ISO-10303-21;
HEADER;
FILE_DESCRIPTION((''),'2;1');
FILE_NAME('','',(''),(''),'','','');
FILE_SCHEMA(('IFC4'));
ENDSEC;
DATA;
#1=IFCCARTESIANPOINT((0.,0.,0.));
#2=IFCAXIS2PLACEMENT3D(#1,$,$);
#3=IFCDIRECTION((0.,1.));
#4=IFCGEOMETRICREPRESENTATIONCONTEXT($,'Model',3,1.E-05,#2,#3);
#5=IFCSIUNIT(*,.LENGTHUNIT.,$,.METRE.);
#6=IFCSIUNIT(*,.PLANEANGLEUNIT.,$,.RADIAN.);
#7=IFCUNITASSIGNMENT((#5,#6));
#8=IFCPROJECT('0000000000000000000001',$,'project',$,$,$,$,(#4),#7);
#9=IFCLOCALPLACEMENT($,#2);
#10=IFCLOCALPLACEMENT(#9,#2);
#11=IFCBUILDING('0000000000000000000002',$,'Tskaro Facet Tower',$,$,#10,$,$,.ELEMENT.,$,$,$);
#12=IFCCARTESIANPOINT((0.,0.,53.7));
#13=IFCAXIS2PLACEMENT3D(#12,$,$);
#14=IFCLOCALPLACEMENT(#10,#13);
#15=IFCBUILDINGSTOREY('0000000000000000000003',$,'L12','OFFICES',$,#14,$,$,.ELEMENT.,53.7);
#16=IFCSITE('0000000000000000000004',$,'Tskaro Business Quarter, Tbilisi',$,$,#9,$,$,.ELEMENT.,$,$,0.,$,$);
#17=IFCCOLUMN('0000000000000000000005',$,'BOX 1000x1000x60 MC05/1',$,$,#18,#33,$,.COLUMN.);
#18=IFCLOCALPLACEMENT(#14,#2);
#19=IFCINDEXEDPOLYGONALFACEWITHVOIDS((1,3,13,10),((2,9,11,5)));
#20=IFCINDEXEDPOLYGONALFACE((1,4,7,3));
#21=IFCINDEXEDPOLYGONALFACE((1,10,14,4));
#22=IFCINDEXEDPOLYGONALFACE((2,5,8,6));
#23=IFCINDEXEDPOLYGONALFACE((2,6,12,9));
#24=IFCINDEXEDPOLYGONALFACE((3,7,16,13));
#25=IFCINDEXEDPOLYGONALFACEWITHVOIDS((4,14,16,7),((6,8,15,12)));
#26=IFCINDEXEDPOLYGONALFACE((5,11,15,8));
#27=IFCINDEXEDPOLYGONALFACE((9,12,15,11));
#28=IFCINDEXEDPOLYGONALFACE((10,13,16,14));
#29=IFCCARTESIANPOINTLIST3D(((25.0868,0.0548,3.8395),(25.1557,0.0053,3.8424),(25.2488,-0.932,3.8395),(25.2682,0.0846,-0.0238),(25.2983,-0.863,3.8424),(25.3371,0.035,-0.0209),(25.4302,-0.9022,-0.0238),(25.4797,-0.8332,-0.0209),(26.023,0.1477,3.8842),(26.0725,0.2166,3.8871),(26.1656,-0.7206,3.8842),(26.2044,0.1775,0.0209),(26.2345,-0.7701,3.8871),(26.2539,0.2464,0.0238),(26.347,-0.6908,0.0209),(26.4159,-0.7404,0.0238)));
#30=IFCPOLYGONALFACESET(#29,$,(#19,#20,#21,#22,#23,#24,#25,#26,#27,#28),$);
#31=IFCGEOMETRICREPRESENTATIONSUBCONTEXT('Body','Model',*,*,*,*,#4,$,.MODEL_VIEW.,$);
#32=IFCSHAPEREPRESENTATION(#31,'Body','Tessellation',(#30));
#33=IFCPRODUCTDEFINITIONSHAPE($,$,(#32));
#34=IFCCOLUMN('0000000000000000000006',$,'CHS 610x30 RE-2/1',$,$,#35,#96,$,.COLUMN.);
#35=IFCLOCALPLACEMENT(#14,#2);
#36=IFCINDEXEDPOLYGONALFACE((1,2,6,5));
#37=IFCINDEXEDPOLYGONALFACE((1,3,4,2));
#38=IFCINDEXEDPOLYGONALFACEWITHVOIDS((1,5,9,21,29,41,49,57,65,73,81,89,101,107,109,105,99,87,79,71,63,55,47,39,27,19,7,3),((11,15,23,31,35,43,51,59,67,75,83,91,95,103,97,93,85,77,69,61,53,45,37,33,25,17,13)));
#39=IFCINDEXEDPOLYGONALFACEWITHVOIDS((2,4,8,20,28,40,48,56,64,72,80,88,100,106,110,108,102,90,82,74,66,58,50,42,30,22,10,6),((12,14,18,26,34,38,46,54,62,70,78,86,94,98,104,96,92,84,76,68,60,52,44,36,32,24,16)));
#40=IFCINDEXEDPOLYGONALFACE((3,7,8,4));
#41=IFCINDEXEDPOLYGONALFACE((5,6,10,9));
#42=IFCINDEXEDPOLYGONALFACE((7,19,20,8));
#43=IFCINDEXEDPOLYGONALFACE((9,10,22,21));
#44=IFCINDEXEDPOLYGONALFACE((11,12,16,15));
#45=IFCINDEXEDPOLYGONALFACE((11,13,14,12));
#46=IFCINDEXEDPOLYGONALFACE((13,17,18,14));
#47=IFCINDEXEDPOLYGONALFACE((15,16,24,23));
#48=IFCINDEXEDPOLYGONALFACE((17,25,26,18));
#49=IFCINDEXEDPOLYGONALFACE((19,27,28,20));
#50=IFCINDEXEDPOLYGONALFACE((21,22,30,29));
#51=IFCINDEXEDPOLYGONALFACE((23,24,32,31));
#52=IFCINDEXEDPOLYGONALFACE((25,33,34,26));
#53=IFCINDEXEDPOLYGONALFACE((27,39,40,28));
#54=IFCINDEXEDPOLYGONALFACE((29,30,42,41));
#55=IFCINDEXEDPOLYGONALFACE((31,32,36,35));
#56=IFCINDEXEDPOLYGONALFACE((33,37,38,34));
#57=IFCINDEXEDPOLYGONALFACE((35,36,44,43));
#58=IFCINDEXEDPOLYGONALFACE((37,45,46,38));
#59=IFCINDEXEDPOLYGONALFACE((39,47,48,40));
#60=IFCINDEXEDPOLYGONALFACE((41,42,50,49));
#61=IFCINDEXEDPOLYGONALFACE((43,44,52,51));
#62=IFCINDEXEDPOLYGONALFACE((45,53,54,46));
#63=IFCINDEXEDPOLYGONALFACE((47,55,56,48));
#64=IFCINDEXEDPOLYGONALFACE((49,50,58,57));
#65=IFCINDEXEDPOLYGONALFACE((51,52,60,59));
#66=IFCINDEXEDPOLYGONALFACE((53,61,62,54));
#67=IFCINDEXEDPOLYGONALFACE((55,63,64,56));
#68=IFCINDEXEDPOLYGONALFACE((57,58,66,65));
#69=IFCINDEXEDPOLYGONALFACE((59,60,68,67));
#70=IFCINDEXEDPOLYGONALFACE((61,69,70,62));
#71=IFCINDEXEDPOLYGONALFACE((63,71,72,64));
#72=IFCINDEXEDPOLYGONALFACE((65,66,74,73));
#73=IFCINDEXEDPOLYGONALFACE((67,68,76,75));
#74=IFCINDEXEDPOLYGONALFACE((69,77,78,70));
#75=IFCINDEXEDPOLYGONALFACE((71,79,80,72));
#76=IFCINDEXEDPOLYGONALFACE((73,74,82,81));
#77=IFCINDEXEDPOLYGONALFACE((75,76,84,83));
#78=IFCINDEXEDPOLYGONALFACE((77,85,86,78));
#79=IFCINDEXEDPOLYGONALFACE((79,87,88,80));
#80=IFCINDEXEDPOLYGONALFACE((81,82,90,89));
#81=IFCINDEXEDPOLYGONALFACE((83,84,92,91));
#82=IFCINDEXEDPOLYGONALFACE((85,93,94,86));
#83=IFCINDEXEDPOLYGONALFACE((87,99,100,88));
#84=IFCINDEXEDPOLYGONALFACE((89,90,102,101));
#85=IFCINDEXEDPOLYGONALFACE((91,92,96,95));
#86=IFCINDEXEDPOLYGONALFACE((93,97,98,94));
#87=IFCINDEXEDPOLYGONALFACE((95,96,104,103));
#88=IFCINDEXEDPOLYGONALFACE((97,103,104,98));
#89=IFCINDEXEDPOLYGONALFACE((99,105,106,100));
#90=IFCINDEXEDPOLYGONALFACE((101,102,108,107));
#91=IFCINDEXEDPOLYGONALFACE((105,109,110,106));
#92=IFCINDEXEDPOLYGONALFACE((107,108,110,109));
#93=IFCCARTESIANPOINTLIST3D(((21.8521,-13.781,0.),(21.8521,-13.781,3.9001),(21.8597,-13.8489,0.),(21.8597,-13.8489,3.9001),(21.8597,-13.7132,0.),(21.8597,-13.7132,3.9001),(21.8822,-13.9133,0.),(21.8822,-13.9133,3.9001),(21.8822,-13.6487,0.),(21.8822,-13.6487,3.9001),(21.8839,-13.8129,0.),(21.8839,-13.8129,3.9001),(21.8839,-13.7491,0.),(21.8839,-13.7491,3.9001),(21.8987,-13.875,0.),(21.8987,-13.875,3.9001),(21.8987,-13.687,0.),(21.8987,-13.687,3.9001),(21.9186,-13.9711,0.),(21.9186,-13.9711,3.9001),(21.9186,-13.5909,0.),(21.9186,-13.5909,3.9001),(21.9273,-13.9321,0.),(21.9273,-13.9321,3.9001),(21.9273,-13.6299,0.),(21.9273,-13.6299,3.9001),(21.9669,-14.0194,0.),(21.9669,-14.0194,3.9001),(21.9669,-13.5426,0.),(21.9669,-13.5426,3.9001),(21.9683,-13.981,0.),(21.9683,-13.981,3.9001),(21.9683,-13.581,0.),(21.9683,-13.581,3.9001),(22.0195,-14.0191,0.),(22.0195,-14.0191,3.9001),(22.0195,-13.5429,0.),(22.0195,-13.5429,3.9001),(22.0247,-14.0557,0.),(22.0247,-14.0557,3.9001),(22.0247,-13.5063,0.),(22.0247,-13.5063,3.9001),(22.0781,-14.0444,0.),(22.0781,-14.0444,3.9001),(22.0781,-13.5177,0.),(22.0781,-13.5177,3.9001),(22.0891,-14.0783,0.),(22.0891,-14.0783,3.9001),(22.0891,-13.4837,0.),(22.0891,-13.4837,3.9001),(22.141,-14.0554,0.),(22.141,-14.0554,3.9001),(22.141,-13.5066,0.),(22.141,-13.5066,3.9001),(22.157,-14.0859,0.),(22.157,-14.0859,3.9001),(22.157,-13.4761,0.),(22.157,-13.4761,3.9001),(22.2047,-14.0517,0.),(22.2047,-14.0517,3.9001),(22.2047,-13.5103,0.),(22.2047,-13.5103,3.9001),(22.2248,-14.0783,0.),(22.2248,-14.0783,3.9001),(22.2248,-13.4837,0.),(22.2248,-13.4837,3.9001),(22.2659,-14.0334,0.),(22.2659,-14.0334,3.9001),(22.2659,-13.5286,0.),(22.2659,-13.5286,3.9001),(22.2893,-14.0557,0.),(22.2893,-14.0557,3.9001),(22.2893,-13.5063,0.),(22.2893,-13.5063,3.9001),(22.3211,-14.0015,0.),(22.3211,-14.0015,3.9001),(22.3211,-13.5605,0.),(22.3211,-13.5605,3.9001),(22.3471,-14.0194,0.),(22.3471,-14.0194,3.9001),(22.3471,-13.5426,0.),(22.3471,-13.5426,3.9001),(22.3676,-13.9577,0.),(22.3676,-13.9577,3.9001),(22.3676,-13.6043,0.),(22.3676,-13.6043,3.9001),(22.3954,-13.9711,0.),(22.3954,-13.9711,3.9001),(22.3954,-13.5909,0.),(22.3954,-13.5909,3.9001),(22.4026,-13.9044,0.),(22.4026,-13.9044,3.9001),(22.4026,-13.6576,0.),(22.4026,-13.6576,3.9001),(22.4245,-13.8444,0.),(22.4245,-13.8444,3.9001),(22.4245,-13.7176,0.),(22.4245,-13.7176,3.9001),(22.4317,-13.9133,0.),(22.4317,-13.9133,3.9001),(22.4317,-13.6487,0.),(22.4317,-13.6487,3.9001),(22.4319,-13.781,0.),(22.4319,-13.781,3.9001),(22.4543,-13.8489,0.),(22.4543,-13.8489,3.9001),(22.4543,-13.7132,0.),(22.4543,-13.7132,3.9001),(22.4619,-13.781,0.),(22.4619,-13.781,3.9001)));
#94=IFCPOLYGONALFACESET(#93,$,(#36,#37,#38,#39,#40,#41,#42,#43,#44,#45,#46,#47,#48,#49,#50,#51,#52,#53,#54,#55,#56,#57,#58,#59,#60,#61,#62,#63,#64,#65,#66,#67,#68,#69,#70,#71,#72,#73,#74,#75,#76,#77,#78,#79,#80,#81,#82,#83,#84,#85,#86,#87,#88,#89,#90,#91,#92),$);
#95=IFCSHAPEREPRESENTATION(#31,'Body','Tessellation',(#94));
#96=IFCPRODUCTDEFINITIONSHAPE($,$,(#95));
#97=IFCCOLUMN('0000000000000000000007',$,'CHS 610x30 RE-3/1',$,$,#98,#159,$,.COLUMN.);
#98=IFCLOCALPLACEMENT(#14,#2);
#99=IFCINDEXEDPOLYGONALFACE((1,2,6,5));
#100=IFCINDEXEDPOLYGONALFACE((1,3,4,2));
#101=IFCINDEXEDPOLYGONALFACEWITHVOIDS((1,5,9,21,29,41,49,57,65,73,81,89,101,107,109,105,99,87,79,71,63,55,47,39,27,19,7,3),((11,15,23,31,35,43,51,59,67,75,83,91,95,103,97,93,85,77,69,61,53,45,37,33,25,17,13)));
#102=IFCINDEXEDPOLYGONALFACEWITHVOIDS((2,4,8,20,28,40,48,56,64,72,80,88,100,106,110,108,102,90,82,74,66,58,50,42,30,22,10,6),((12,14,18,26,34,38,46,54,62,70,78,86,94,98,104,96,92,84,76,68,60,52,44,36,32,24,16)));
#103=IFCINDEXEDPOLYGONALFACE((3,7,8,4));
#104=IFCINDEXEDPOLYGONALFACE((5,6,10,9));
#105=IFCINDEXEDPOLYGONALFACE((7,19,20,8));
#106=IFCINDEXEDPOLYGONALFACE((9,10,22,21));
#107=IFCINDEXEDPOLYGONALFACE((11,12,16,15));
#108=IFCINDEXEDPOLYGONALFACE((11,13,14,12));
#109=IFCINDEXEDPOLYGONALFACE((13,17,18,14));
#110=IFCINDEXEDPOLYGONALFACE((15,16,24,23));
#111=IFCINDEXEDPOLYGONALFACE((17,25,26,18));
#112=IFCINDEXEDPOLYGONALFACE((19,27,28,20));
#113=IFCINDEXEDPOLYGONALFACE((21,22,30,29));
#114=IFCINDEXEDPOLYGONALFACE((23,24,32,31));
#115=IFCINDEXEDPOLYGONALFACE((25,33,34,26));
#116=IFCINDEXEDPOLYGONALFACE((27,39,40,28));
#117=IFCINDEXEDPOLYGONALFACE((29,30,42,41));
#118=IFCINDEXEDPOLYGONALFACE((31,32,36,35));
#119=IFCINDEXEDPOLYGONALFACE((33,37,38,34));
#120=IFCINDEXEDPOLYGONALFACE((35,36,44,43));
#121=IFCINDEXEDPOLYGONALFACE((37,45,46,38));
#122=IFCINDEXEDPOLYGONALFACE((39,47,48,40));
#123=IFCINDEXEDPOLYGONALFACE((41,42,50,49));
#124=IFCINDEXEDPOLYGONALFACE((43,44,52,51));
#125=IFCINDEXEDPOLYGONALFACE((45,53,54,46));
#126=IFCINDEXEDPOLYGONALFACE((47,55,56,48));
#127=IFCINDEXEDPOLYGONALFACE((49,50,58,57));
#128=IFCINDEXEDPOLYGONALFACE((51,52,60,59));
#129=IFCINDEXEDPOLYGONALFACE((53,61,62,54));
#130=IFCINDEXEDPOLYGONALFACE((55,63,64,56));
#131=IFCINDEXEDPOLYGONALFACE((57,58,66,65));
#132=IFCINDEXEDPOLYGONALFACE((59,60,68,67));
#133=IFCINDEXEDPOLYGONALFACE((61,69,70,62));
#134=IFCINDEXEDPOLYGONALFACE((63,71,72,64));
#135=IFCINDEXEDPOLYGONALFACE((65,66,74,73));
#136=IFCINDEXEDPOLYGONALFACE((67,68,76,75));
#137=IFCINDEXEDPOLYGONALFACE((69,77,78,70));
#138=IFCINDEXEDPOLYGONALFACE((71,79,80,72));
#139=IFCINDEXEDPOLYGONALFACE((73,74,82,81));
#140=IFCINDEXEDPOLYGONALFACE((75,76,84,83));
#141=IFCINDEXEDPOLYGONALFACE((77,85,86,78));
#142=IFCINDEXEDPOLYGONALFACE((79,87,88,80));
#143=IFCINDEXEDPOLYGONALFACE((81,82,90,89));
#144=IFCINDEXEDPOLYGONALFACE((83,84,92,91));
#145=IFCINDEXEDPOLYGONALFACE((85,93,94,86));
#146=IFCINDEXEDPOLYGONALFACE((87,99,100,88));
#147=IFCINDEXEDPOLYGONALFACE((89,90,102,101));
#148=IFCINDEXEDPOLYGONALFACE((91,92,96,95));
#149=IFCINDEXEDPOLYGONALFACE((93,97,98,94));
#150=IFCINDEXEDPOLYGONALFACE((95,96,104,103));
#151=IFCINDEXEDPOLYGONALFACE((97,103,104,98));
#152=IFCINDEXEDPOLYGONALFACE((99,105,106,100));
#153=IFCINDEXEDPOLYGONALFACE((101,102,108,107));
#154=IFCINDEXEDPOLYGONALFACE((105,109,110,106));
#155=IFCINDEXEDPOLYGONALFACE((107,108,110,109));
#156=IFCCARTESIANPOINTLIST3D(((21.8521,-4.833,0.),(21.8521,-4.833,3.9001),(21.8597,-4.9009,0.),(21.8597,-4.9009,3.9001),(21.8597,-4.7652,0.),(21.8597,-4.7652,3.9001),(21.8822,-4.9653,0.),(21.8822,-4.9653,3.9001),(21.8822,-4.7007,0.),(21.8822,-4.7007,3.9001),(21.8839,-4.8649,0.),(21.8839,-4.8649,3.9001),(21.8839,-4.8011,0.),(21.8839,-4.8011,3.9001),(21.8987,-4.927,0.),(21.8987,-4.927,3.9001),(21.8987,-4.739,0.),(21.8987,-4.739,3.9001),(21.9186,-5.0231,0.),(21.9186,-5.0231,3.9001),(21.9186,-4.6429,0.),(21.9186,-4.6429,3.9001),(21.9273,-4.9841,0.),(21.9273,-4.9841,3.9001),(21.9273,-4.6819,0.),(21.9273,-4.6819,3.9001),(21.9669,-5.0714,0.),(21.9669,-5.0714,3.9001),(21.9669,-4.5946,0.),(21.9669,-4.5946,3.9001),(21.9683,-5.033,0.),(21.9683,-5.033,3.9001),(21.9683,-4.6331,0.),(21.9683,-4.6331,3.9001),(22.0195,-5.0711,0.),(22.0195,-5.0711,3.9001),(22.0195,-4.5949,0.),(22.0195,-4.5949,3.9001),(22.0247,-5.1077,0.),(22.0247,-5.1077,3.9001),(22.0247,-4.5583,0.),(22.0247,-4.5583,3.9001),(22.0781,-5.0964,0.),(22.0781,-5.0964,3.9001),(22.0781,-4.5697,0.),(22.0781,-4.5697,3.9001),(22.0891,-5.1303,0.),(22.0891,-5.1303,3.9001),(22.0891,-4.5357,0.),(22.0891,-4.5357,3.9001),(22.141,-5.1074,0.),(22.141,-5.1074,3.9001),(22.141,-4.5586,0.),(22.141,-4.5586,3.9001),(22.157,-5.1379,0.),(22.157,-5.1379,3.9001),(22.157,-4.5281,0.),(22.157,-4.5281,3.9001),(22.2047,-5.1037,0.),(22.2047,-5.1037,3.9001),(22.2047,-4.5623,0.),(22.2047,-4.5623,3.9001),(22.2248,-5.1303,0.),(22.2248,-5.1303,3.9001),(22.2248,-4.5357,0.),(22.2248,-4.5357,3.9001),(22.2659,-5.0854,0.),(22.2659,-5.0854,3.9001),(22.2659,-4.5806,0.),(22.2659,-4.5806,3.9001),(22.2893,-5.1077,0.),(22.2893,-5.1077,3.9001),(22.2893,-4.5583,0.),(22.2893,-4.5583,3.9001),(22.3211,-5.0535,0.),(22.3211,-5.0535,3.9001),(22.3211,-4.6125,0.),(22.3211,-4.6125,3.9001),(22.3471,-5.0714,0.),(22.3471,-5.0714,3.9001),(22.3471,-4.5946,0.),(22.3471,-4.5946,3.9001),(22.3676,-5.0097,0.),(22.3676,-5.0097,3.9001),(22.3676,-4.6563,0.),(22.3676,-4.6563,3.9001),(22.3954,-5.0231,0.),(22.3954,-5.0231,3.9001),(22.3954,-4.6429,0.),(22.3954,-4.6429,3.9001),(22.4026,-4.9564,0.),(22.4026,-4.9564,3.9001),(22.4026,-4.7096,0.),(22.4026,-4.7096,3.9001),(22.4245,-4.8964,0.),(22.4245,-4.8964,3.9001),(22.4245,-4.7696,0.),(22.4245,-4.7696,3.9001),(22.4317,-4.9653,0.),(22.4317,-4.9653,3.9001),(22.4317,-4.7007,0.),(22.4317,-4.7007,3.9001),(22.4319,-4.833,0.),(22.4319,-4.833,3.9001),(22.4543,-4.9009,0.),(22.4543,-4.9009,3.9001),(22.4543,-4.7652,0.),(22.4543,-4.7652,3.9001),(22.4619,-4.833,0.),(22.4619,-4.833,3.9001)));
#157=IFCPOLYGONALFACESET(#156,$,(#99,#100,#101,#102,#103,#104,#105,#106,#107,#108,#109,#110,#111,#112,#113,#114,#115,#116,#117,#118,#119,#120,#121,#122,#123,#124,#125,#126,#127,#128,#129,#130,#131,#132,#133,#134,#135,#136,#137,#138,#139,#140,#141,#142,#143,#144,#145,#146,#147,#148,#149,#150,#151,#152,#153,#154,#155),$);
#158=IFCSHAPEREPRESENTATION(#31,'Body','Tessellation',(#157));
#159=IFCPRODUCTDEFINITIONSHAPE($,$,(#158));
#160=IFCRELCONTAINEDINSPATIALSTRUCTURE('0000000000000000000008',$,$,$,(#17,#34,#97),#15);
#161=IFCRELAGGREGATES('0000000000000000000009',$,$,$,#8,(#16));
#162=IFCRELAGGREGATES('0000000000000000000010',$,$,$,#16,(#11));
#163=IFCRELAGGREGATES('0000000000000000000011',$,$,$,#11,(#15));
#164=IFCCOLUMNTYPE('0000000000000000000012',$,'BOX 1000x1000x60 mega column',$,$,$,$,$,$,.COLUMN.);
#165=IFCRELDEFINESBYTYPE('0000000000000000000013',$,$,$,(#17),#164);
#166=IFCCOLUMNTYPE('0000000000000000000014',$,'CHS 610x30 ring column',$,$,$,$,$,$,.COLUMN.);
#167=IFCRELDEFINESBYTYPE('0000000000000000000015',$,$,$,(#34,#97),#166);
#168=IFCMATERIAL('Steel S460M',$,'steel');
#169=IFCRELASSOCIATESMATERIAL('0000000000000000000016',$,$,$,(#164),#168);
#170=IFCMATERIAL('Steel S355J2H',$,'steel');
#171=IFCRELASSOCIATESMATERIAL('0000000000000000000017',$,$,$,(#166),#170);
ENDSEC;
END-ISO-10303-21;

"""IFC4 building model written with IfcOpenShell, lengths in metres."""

from ifc_helpers import new_model, si_unit, direction, frame, origin, origin_2d, place, context, subcontext, project, spatial, hollow_rectangle, hollow_circle, extrude, material, material_profile, profile_set, type_object, element, save


model = new_model("IFC4")

# Units and contexts
model_context = context("Model", 3, precision=1e-05, world=origin(), true_north=direction((0.0, 1.0)))
body_context = subcontext(model_context, "Body", "Model", "MODEL_VIEW")
ifc_project = project(units=[si_unit("LENGTHUNIT", "METRE"), si_unit("PLANEANGLEUNIT", "RADIAN")], contexts=[model_context])

# Site, building, storey
site_placement = place(None, origin())
site = spatial("IfcSite", under=ifc_project, at=site_placement, Name="Tskaro Business Quarter, Tbilisi", CompositionType="ELEMENT", RefElevation=0.0)
building_placement = place(site_placement, origin())
building = spatial("IfcBuilding", under=site, at=building_placement, Name="Tskaro Facet Tower", CompositionType="ELEMENT")
storey_placement = place(building_placement, frame((0.0, 0.0, 53.7)))
storey = spatial("IfcBuildingStorey", under=building, at=storey_placement, Name="L12", Description="OFFICES", CompositionType="ELEMENT", Elevation=53.7)

# Columns
ifc_material_1 = material(Name="Steel S460M", Category="steel")
ifc_material_profile_1 = material_profile(ifc_material_1, hollow_rectangle(XDim=1.0, YDim=1.0, WallThickness=0.0601, at=origin_2d()), Name="BOX 1000x1000x60")
ifc_profile_set_1 = profile_set([ifc_material_profile_1], Name="Steel S460M")
column_type_1 = type_object("IfcColumnType", Name="BOX 1000x1000x60 mega column", PredefinedType="COLUMN", material=ifc_profile_set_1)
column_1_placement = place(storey_placement, frame((25.842, -0.3279, 0.0), z_axis=(-0.046901, -0.007701, 0.99887), x_axis=(0.162029, -0.986786, 0.0)))
element("IfcColumn", 1, at=column_1_placement, inside=storey, type_object=column_type_1, Name="BOX 1000x1000x60 MC05/1", PredefinedType="COLUMN", context=body_context, shape_type="SweptSolid", body=[
    extrude(hollow_rectangle(XDim=1.0, YDim=1.0, WallThickness=0.0601, at=origin_2d()), origin(), (0.0, 0.0, 1.0), 3.8677),
])
ifc_material_2 = material(Name="Steel S355J2H", Category="steel")
ifc_material_profile_2 = material_profile(ifc_material_2, hollow_circle(Radius=0.3049, WallThickness=0.03, at=origin_2d()), Name="CHS 610x30")
ifc_profile_set_2 = profile_set([ifc_material_profile_2], Name="Steel S355J2H")
column_type_2 = type_object("IfcColumnType", Name="CHS 610x30 ring column", PredefinedType="COLUMN", material=ifc_profile_set_2)
for number, where, z_axis, x_axis, name in (
    (2, (22.157, -13.781, 0.0), (0.0, 0.0, 1.0), (1.0, 0.0, 0.0), "CHS 610x30 RE-2/1"),
    (3, (22.157, -4.833, 0.0), (0.0, 0.0, 1.0), (1.0, 0.0, 0.0), "CHS 610x30 RE-3/1"),
):
    element("IfcColumn", number, at=place(storey_placement, frame(where, z_axis=z_axis, x_axis=x_axis)), inside=storey, type_object=column_type_2, Name=name, PredefinedType="COLUMN", context=body_context, shape_type="SweptSolid", body=[
        extrude(hollow_circle(Radius=0.3049, WallThickness=0.03, at=origin_2d()), origin(), (0.0, 0.0, 1.0), 3.9001),
    ])

save(model, "model.ifc")
